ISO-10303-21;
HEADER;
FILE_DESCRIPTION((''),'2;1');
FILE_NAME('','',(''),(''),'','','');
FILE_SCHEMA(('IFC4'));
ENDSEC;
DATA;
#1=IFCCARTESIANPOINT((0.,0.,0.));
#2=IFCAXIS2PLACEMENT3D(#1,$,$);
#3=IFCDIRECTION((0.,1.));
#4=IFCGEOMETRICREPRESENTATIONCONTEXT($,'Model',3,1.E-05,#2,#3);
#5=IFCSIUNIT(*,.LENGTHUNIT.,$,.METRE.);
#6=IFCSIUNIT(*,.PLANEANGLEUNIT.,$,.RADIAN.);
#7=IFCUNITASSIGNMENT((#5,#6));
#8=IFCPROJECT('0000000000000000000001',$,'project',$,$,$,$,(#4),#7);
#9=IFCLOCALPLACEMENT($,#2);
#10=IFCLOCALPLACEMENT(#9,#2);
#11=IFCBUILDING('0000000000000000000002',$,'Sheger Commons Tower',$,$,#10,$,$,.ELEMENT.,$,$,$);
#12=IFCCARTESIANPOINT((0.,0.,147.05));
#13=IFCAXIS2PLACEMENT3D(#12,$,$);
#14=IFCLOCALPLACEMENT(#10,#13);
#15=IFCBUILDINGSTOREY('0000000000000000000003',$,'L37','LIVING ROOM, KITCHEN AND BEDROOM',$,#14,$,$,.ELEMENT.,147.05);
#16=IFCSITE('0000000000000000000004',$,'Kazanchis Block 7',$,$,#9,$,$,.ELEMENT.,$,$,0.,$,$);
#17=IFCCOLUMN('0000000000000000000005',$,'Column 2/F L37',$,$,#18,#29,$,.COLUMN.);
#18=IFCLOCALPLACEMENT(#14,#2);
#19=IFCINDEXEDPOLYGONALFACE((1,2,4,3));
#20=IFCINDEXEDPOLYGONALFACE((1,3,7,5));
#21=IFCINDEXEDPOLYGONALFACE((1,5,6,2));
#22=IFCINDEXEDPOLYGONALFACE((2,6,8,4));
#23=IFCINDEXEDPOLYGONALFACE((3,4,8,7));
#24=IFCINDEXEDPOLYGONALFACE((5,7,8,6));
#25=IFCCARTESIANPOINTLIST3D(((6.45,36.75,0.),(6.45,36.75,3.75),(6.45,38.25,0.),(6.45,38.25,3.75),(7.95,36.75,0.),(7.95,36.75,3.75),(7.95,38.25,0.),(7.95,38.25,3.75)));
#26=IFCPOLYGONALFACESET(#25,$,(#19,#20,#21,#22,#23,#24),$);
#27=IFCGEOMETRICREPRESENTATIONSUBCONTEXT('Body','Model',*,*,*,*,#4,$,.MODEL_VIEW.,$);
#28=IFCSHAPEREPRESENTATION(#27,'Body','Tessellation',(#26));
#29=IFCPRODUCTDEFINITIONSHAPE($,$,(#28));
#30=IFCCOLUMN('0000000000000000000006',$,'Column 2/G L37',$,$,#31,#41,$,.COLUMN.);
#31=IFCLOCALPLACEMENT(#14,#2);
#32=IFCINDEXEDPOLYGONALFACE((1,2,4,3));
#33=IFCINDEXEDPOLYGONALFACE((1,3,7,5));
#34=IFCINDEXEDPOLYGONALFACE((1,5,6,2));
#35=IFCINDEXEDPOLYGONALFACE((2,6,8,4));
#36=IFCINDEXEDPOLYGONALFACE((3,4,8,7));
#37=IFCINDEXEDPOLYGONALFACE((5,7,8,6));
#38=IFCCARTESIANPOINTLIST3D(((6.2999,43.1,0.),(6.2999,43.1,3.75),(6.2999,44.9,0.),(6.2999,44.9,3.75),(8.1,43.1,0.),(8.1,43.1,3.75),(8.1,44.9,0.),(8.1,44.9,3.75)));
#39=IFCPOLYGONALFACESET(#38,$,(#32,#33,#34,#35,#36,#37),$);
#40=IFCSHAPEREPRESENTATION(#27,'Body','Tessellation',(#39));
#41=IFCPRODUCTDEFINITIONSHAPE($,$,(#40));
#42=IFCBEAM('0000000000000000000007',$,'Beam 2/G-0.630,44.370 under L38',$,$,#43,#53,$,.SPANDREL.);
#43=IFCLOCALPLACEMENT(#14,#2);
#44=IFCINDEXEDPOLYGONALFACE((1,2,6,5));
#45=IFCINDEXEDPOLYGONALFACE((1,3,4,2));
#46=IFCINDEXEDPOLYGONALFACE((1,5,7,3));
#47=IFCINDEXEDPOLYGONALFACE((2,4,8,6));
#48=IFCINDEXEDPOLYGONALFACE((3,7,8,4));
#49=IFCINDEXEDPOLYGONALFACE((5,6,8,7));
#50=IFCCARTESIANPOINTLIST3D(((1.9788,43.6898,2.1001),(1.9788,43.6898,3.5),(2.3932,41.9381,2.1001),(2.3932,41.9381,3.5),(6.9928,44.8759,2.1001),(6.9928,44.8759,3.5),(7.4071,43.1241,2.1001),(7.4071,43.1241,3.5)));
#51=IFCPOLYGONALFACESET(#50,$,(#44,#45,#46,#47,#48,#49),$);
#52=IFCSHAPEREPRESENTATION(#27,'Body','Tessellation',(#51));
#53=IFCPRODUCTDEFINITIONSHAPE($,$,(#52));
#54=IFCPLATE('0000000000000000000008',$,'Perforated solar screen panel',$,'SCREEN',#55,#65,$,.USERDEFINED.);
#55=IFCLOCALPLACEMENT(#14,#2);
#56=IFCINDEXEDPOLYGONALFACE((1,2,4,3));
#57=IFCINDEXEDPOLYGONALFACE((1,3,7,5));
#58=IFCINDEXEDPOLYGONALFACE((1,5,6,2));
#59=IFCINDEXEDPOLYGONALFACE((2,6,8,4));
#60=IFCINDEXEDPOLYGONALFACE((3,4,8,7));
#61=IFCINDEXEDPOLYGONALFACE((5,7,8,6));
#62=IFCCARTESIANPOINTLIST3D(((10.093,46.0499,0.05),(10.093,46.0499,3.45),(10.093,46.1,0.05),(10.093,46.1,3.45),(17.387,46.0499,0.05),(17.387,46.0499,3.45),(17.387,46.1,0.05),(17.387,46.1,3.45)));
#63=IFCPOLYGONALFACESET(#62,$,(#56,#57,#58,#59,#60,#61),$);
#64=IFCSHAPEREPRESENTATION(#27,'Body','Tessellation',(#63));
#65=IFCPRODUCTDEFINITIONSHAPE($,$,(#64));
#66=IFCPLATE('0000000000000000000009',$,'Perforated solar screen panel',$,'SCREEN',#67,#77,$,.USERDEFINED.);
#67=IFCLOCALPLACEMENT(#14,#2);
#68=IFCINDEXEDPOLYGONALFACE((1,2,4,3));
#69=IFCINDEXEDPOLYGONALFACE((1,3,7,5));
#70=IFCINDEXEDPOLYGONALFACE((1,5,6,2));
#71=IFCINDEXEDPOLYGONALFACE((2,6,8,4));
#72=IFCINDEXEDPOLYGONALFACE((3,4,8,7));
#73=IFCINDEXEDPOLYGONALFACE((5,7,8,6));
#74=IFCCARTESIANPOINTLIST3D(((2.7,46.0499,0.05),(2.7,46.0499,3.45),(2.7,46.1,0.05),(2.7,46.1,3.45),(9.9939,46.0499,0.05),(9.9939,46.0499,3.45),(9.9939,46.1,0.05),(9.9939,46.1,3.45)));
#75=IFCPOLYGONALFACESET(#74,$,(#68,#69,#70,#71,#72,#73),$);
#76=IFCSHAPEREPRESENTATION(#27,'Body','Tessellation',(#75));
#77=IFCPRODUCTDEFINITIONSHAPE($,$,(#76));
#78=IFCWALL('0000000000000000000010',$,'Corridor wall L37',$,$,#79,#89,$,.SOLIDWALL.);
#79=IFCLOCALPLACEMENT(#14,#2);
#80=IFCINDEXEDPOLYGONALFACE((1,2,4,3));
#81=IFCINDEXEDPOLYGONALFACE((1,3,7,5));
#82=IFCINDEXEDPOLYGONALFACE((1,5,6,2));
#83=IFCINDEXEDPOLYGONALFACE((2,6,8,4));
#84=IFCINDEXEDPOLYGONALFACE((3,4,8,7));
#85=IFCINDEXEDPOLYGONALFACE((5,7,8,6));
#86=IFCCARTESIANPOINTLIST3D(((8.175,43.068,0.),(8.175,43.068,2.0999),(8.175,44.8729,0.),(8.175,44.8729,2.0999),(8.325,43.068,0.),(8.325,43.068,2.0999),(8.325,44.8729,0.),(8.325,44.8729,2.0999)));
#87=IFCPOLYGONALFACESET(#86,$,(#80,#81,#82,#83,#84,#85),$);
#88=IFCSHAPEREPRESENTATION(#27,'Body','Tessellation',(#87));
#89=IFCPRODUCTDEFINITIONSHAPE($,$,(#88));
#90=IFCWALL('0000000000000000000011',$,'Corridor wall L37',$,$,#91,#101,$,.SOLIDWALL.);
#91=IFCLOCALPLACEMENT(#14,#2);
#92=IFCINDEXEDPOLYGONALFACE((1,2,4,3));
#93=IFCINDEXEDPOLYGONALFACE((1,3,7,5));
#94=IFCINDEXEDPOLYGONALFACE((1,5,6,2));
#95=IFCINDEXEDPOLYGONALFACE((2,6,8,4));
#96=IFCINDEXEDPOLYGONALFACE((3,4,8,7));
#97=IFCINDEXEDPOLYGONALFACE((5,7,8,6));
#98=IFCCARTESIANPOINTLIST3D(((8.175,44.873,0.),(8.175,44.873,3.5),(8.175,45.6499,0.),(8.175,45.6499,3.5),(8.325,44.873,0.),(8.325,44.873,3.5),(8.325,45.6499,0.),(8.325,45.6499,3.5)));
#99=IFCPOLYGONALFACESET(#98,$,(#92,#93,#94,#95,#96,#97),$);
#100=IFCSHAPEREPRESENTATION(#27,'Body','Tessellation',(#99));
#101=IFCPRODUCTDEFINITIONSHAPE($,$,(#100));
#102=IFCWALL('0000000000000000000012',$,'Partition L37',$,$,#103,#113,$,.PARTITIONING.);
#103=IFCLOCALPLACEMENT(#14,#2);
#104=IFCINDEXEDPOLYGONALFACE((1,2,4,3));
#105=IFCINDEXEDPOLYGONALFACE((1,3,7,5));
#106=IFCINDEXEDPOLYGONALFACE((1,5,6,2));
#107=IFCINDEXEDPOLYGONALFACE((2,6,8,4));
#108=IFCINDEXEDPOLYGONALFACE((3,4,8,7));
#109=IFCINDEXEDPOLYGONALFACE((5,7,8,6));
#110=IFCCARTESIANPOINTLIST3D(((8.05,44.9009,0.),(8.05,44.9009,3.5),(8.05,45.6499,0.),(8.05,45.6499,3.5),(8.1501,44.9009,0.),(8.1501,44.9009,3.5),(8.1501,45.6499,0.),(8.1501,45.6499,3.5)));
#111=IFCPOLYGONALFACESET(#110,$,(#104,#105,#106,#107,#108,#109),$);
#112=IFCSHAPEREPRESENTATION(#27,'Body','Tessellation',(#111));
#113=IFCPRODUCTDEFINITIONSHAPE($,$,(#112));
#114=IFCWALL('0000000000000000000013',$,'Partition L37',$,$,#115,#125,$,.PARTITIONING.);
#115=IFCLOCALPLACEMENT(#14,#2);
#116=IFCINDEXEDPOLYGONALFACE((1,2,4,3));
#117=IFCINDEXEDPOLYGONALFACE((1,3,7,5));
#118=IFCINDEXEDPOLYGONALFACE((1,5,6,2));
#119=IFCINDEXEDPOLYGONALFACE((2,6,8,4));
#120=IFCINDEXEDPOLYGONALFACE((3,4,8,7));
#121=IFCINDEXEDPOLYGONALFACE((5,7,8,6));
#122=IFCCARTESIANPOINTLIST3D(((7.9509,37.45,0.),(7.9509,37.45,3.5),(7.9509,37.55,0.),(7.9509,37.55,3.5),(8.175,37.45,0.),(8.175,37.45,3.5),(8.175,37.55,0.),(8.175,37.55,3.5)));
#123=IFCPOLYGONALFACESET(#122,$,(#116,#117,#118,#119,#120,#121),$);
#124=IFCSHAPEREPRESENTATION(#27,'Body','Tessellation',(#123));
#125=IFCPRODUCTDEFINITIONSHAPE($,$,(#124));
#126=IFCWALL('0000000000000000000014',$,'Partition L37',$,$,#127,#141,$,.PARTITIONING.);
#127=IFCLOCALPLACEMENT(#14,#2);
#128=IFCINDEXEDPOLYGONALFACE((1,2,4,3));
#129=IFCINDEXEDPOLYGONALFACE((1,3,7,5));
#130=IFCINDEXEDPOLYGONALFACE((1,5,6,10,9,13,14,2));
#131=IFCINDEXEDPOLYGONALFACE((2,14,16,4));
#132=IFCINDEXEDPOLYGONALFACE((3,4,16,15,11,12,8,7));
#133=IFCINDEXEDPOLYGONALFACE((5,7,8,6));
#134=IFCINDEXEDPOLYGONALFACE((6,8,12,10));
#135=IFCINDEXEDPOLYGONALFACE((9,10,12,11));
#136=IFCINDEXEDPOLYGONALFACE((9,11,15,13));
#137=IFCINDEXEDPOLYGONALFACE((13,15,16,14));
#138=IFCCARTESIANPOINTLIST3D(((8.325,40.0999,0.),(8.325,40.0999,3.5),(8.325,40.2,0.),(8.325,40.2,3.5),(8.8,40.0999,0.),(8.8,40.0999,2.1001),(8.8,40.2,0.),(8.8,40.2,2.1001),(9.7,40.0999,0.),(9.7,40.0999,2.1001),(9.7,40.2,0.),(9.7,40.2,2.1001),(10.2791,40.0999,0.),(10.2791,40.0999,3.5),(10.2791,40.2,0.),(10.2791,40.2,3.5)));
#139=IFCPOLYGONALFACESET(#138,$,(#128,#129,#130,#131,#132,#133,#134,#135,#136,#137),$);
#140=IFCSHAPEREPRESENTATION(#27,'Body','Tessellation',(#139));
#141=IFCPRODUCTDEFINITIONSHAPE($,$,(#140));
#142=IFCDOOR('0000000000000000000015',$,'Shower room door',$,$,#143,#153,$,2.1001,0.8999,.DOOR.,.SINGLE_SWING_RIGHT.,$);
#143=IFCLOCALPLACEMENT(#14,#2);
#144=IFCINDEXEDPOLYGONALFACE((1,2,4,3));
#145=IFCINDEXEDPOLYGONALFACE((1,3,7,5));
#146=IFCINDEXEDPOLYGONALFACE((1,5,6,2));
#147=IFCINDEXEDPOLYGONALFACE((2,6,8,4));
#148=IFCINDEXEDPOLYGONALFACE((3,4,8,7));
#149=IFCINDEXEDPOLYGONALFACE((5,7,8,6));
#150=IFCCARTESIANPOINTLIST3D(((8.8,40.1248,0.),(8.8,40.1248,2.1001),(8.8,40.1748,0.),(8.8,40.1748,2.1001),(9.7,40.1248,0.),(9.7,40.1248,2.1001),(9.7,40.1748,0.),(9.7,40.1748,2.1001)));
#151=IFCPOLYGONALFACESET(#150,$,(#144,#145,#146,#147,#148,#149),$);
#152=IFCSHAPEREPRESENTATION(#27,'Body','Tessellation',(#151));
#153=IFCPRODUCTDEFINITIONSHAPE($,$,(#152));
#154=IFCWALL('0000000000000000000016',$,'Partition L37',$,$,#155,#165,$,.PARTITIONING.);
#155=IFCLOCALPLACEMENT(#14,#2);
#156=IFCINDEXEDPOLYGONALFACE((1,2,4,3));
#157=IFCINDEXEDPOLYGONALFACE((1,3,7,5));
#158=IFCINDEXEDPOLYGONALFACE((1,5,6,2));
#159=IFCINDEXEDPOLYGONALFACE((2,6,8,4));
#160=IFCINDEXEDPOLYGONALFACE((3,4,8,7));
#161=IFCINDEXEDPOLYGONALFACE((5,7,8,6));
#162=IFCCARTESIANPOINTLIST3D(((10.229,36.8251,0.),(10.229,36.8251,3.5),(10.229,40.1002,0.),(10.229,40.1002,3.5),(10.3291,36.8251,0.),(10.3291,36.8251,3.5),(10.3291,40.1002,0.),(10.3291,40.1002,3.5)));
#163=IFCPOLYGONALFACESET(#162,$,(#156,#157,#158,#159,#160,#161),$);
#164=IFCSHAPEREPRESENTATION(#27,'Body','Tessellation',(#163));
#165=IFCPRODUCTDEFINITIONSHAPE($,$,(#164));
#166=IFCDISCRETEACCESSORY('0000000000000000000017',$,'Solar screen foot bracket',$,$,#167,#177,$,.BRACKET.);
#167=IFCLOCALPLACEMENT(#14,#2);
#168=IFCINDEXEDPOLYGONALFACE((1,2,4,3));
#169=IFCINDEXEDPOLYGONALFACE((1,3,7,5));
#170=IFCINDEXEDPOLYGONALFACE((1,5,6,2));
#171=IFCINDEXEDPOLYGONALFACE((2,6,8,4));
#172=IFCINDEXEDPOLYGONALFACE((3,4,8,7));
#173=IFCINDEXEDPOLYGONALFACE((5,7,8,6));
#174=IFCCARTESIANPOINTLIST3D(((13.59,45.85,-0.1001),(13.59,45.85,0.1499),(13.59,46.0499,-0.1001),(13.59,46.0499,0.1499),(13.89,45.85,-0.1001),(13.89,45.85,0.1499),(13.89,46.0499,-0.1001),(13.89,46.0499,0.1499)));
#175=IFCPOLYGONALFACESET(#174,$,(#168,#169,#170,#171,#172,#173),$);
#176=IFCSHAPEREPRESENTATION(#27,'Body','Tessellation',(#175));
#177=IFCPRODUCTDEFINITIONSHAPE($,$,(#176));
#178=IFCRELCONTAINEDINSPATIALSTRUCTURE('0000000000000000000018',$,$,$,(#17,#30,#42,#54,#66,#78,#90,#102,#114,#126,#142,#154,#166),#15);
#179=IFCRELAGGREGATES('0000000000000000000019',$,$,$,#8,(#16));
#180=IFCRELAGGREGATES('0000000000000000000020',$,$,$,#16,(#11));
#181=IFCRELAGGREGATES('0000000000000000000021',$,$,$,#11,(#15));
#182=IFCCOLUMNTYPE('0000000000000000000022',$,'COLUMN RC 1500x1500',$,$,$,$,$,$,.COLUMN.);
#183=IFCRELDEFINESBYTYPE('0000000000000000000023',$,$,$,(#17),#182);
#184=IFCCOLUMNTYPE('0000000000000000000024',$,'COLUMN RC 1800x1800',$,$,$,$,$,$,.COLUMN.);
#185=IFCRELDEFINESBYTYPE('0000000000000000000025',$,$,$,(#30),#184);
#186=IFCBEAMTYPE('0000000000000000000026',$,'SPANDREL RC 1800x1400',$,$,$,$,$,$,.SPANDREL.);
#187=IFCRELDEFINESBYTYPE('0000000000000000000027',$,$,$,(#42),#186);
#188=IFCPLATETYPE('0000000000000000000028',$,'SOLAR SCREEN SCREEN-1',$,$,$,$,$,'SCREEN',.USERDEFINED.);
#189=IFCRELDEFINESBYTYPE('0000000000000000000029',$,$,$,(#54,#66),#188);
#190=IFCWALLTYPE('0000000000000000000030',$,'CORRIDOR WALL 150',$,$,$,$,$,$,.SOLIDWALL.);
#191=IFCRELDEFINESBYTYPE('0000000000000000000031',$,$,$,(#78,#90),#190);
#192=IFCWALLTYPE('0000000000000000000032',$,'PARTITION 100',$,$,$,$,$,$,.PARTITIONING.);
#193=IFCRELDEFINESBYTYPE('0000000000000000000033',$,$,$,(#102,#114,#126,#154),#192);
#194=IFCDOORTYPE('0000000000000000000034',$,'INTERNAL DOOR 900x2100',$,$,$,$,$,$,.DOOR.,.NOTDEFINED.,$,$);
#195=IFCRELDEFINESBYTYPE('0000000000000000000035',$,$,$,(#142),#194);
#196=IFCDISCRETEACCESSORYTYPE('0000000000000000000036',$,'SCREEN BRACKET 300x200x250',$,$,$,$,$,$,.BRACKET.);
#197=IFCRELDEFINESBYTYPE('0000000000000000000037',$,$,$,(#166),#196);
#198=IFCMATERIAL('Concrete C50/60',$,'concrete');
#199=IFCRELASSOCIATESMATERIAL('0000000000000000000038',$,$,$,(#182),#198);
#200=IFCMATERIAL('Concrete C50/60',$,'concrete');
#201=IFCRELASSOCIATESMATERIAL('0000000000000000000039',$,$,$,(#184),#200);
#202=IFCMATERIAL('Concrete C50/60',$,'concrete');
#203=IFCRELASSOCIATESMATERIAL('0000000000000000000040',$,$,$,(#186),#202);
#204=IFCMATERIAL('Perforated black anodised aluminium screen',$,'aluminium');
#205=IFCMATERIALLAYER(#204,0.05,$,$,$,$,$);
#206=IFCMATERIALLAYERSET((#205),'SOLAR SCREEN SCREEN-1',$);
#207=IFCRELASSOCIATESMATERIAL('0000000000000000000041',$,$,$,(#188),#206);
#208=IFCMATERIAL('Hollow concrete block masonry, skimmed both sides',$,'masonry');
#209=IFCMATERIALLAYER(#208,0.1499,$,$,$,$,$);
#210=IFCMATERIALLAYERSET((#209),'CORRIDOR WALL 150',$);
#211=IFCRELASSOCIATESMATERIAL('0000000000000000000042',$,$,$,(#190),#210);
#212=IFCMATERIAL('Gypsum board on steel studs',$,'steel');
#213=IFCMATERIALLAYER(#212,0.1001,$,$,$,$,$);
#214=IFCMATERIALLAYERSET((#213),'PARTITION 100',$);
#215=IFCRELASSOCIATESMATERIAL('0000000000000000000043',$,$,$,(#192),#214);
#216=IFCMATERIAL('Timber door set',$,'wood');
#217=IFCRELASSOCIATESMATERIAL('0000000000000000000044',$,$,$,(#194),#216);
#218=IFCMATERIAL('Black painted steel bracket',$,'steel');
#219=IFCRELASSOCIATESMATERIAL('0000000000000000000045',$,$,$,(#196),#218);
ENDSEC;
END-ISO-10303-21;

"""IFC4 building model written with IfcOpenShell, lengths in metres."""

from ifc_helpers import new_model, si_unit, direction, frame, frame_2d, origin, origin_2d, place, context, subcontext, project, spatial, rectangle, extrude, material, layer, layer_set, material_profile, profile_set, type_object, element, fill, save


model = new_model("IFC4")

# Units and contexts
model_context = context("Model", 3, precision=1e-05, world=origin(), true_north=direction((0.0, 1.0)))
body_context = subcontext(model_context, "Body", "Model", "MODEL_VIEW")
ifc_project = project(units=[si_unit("LENGTHUNIT", "METRE"), si_unit("PLANEANGLEUNIT", "RADIAN")], contexts=[model_context])

# Site, building, storey
site_placement = place(None, origin())
site = spatial("IfcSite", under=ifc_project, at=site_placement, Name="Kazanchis Block 7", CompositionType="ELEMENT", RefElevation=0.0)
building_placement = place(site_placement, origin())
building = spatial("IfcBuilding", under=site, at=building_placement, Name="Sheger Commons Tower", CompositionType="ELEMENT")
storey_placement = place(building_placement, frame((0.0, 0.0, 147.05)))
storey = spatial("IfcBuildingStorey", under=building, at=storey_placement, Name="L37", Description="LIVING ROOM, KITCHEN AND BEDROOM", CompositionType="ELEMENT", Elevation=147.05)

# Columns
ifc_material_1 = material(Name="Concrete C50/60", Category="concrete")
ifc_material_profile_1 = material_profile(ifc_material_1, rectangle(XDim=1.5, YDim=1.5, at=origin_2d()), Name="RC 1500x1500")
ifc_profile_set_1 = profile_set([ifc_material_profile_1], Name="Concrete C50/60")
column_type_1 = type_object("IfcColumnType", Name="COLUMN RC 1500x1500", PredefinedType="COLUMN", material=ifc_profile_set_1)
column_1_placement = place(storey_placement, frame((7.2, 37.5, 0.0), z_axis=(0.0, 0.0, 1.0), x_axis=(1.0, 0.0, 0.0)))
element("IfcColumn", 1, at=column_1_placement, inside=storey, type_object=column_type_1, Name="Column 2/F L37", PredefinedType="COLUMN", context=body_context, shape_type="SweptSolid", body=[
    extrude(rectangle(XDim=1.5, YDim=1.5, at=origin_2d()), origin(), (0.0, 0.0, 1.0), 3.75),
])
ifc_material_2 = material(Name="Concrete C50/60", Category="concrete")
ifc_material_profile_2 = material_profile(ifc_material_2, rectangle(XDim=1.8, YDim=1.8, at=origin_2d()), Name="RC 1800x1800")
ifc_profile_set_2 = profile_set([ifc_material_profile_2], Name="Concrete C50/60")
column_type_2 = type_object("IfcColumnType", Name="COLUMN RC 1800x1800", PredefinedType="COLUMN", material=ifc_profile_set_2)
column_2_placement = place(storey_placement, frame((7.2, 44.0, 0.0), z_axis=(0.0, 0.0, 1.0), x_axis=(1.0, 0.0, 0.0)))
element("IfcColumn", 2, at=column_2_placement, inside=storey, type_object=column_type_2, Name="Column 2/G L37", PredefinedType="COLUMN", context=body_context, shape_type="SweptSolid", body=[
    extrude(rectangle(XDim=1.8, YDim=1.8, at=origin_2d()), origin(), (0.0, 0.0, 1.0), 3.75),
])

# Beam
ifc_material_3 = material(Name="Concrete C50/60", Category="concrete")
ifc_material_profile_3 = material_profile(ifc_material_3, rectangle(XDim=1.8, YDim=1.3999, at=origin_2d()), Name="RC 1800x1400")
ifc_profile_set_3 = profile_set([ifc_material_profile_3], Name="Concrete C50/60")
beam_type = type_object("IfcBeamType", Name="SPANDREL RC 1800x1400", PredefinedType="SPANDREL", material=ifc_profile_set_3)
beam_placement = place(storey_placement, frame((7.2, 44.0, 2.8), z_axis=(-0.973144, -0.230196, 0.0), x_axis=(0.230196, -0.973144, 0.0)))
element("IfcBeam", 3, at=beam_placement, inside=storey, type_object=beam_type, Name="Beam 2/G-0.630,44.370 under L38", PredefinedType="SPANDREL", context=body_context, shape_type="SweptSolid", body=[
    extrude(rectangle(XDim=1.8, YDim=1.3999, at=origin_2d()), origin(), (0.0, 0.0, 1.0), 5.1523),
])

# Plates
ifc_material_4 = material(Name="Perforated black anodised aluminium screen", Category="aluminium")
ifc_layer_1 = layer(ifc_material_4, 0.05)
ifc_layer_set_1 = layer_set([ifc_layer_1], Name="SOLAR SCREEN SCREEN-1")
plate_type = type_object("IfcPlateType", Name="SOLAR SCREEN SCREEN-1", ElementType="SCREEN", PredefinedType="USERDEFINED", material=ifc_layer_set_1)
for number, where, z_axis, x_axis, name in (
    (4, (13.74, 46.075, 0.05), (0.0, 0.0, 1.0), (-1.0, 0.0, 0.0), "Perforated solar screen panel"),
    (5, (6.3469, 46.075, 0.05), (0.0, 0.0, 1.0), (-1.0, 0.0, 0.0), "Perforated solar screen panel"),
):
    element("IfcPlate", number, at=place(storey_placement, frame(where, z_axis=z_axis, x_axis=x_axis)), inside=storey, type_object=plate_type, Name=name, ObjectType="SCREEN", PredefinedType="USERDEFINED", context=body_context, shape_type="SweptSolid", body=[
        extrude(rectangle(XDim=7.2939, YDim=0.05, at=origin_2d()), origin(), (0.0, 0.0, 1.0), 3.3999),
    ])

# Walls
ifc_material_5 = material(Name="Hollow concrete block masonry, skimmed both sides", Category="masonry")
ifc_layer_2 = layer(ifc_material_5, 0.1499)
ifc_layer_set_2 = layer_set([ifc_layer_2], Name="CORRIDOR WALL 150")
wall_type_1 = type_object("IfcWallType", Name="CORRIDOR WALL 150", PredefinedType="SOLIDWALL", material=ifc_layer_set_2)
wall_1_placement = place(storey_placement, frame((8.25, 43.0681, 0.0), z_axis=(0.0, 0.0, 1.0), x_axis=(0.0, 1.0, 0.0)))
element("IfcWall", 6, at=wall_1_placement, inside=storey, type_object=wall_type_1, Name="Corridor wall L37", PredefinedType="SOLIDWALL", context=body_context, shape_type="SweptSolid", body=[
    extrude(rectangle(XDim=1.8049, YDim=0.1499, at=frame_2d((0.9023, 0.0))), origin(), (0.0, 0.0, 1.0), 2.0999),
])
wall_2_placement = place(storey_placement, frame((8.25, 44.873, 0.0), z_axis=(0.0, 0.0, 1.0), x_axis=(0.0, 1.0, 0.0)))
element("IfcWall", 7, at=wall_2_placement, inside=storey, type_object=wall_type_1, Name="Corridor wall L37", PredefinedType="SOLIDWALL", context=body_context, shape_type="SweptSolid", body=[
    extrude(rectangle(XDim=0.7769, YDim=0.1499, at=frame_2d((0.3884, 0.0))), origin(), (0.0, 0.0, 1.0), 3.5),
])
ifc_material_6 = material(Name="Gypsum board on steel studs", Category="steel")
ifc_layer_3 = layer(ifc_material_6, 0.1001)
ifc_layer_set_3 = layer_set([ifc_layer_3], Name="PARTITION 100")
wall_type_2 = type_object("IfcWallType", Name="PARTITION 100", PredefinedType="PARTITIONING", material=ifc_layer_set_3)
wall_3_placement = place(storey_placement, frame((8.1001, 45.6499, 0.0), z_axis=(0.0, 0.0, 1.0), x_axis=(0.0, -1.0, 0.0)))
element("IfcWall", 8, at=wall_3_placement, inside=storey, type_object=wall_type_2, Name="Partition L37", PredefinedType="PARTITIONING", context=body_context, shape_type="SweptSolid", body=[
    extrude(rectangle(XDim=0.749, YDim=0.1001, at=frame_2d((0.3745, 0.0))), origin(), (0.0, 0.0, 1.0), 3.5),
])
wall_4_placement = place(storey_placement, frame((7.9509, 37.5, 0.0), z_axis=(0.0, 0.0, 1.0), x_axis=(1.0, 0.0, 0.0)))
element("IfcWall", 9, at=wall_4_placement, inside=storey, type_object=wall_type_2, Name="Partition L37", PredefinedType="PARTITIONING", context=body_context, shape_type="SweptSolid", body=[
    extrude(rectangle(XDim=0.2241, YDim=0.1001, at=frame_2d((0.1121, 0.0))), origin(), (0.0, 0.0, 1.0), 3.5),
])

# Wall, opening, door
wall_5_placement = place(storey_placement, frame((8.325, 40.1499, 0.0), z_axis=(0.0, 0.0, 1.0), x_axis=(1.0, 0.0, 0.0)))
wall_5 = element("IfcWall", 10, at=wall_5_placement, inside=storey, type_object=wall_type_2, Name="Partition L37", PredefinedType="PARTITIONING", context=body_context, shape_type="SweptSolid", body=[
    extrude(rectangle(XDim=1.9541, YDim=0.1001, at=frame_2d((0.9771, 0.0))), origin(), (0.0, 0.0, 1.0), 3.5),
])
opening_placement = place(wall_5_placement, frame((0.4751, 0.0, 0.0)))
opening = element("IfcOpeningElement", 11, at=opening_placement, cuts=wall_5, PredefinedType="OPENING", context=body_context, shape_type="SweptSolid", body=[
    extrude(rectangle(XDim=0.8999, YDim=2.1001, at=frame_2d((0.45, 1.05))), frame((0.0, 0.0601, 0.0), z_axis=(0.0, -1.0, 0.0), x_axis=(1.0, 0.0, 0.0)), (0.0, 0.0, 1.0), 0.1201),
])
ifc_material_7 = material(Name="Timber door set", Category="wood")
door_type = type_object("IfcDoorType", Name="INTERNAL DOOR 900x2100", OperationType="NOTDEFINED", PredefinedType="DOOR", material=ifc_material_7)
door_placement = place(opening_placement, origin())
door = element("IfcDoor", 12, at=door_placement, inside=storey, type_object=door_type, Name="Shower room door", OperationType="SINGLE_SWING_RIGHT", OverallHeight=2.1001, OverallWidth=0.8999, PredefinedType="DOOR", context=body_context, shape_type="SweptSolid", body=[
    extrude(rectangle(XDim=0.8999, YDim=2.1001, at=frame_2d((0.45, 1.05))), frame((0.0, 0.0249, 0.0), z_axis=(0.0, -1.0, 0.0), x_axis=(1.0, 0.0, 0.0)), (0.0, 0.0, 1.0), 0.05),
])
fill(opening, door)

# Wall
wall_6_placement = place(storey_placement, frame((10.2791, 36.825, 0.0), z_axis=(0.0, 0.0, 1.0), x_axis=(0.0, 1.0, 0.0)))
element("IfcWall", 13, at=wall_6_placement, inside=storey, type_object=wall_type_2, Name="Partition L37", PredefinedType="PARTITIONING", context=body_context, shape_type="SweptSolid", body=[
    extrude(rectangle(XDim=3.2751, YDim=0.1001, at=frame_2d((1.6377, 0.0))), origin(), (0.0, 0.0, 1.0), 3.5),
])

# Discrete accessory
ifc_material_8 = material(Name="Black painted steel bracket", Category="steel")
discrete_accessory_type = type_object("IfcDiscreteAccessoryType", Name="SCREEN BRACKET 300x200x250", PredefinedType="BRACKET", material=ifc_material_8)
for number, where, z_axis, x_axis, name in (
    (14, (13.74, 45.95, -0.1001), (0.0, 0.0, 1.0), (-1.0, 0.0, 0.0), "Solar screen foot bracket"),
):
    element("IfcDiscreteAccessory", number, at=place(storey_placement, frame(where, z_axis=z_axis, x_axis=x_axis)), inside=storey, type_object=discrete_accessory_type, Name=name, PredefinedType="BRACKET", context=body_context, shape_type="SweptSolid", body=[
        extrude(rectangle(XDim=0.3, YDim=0.2, at=origin_2d()), origin(), (0.0, 0.0, 1.0), 0.25),
    ])

save(model, "model.ifc")
